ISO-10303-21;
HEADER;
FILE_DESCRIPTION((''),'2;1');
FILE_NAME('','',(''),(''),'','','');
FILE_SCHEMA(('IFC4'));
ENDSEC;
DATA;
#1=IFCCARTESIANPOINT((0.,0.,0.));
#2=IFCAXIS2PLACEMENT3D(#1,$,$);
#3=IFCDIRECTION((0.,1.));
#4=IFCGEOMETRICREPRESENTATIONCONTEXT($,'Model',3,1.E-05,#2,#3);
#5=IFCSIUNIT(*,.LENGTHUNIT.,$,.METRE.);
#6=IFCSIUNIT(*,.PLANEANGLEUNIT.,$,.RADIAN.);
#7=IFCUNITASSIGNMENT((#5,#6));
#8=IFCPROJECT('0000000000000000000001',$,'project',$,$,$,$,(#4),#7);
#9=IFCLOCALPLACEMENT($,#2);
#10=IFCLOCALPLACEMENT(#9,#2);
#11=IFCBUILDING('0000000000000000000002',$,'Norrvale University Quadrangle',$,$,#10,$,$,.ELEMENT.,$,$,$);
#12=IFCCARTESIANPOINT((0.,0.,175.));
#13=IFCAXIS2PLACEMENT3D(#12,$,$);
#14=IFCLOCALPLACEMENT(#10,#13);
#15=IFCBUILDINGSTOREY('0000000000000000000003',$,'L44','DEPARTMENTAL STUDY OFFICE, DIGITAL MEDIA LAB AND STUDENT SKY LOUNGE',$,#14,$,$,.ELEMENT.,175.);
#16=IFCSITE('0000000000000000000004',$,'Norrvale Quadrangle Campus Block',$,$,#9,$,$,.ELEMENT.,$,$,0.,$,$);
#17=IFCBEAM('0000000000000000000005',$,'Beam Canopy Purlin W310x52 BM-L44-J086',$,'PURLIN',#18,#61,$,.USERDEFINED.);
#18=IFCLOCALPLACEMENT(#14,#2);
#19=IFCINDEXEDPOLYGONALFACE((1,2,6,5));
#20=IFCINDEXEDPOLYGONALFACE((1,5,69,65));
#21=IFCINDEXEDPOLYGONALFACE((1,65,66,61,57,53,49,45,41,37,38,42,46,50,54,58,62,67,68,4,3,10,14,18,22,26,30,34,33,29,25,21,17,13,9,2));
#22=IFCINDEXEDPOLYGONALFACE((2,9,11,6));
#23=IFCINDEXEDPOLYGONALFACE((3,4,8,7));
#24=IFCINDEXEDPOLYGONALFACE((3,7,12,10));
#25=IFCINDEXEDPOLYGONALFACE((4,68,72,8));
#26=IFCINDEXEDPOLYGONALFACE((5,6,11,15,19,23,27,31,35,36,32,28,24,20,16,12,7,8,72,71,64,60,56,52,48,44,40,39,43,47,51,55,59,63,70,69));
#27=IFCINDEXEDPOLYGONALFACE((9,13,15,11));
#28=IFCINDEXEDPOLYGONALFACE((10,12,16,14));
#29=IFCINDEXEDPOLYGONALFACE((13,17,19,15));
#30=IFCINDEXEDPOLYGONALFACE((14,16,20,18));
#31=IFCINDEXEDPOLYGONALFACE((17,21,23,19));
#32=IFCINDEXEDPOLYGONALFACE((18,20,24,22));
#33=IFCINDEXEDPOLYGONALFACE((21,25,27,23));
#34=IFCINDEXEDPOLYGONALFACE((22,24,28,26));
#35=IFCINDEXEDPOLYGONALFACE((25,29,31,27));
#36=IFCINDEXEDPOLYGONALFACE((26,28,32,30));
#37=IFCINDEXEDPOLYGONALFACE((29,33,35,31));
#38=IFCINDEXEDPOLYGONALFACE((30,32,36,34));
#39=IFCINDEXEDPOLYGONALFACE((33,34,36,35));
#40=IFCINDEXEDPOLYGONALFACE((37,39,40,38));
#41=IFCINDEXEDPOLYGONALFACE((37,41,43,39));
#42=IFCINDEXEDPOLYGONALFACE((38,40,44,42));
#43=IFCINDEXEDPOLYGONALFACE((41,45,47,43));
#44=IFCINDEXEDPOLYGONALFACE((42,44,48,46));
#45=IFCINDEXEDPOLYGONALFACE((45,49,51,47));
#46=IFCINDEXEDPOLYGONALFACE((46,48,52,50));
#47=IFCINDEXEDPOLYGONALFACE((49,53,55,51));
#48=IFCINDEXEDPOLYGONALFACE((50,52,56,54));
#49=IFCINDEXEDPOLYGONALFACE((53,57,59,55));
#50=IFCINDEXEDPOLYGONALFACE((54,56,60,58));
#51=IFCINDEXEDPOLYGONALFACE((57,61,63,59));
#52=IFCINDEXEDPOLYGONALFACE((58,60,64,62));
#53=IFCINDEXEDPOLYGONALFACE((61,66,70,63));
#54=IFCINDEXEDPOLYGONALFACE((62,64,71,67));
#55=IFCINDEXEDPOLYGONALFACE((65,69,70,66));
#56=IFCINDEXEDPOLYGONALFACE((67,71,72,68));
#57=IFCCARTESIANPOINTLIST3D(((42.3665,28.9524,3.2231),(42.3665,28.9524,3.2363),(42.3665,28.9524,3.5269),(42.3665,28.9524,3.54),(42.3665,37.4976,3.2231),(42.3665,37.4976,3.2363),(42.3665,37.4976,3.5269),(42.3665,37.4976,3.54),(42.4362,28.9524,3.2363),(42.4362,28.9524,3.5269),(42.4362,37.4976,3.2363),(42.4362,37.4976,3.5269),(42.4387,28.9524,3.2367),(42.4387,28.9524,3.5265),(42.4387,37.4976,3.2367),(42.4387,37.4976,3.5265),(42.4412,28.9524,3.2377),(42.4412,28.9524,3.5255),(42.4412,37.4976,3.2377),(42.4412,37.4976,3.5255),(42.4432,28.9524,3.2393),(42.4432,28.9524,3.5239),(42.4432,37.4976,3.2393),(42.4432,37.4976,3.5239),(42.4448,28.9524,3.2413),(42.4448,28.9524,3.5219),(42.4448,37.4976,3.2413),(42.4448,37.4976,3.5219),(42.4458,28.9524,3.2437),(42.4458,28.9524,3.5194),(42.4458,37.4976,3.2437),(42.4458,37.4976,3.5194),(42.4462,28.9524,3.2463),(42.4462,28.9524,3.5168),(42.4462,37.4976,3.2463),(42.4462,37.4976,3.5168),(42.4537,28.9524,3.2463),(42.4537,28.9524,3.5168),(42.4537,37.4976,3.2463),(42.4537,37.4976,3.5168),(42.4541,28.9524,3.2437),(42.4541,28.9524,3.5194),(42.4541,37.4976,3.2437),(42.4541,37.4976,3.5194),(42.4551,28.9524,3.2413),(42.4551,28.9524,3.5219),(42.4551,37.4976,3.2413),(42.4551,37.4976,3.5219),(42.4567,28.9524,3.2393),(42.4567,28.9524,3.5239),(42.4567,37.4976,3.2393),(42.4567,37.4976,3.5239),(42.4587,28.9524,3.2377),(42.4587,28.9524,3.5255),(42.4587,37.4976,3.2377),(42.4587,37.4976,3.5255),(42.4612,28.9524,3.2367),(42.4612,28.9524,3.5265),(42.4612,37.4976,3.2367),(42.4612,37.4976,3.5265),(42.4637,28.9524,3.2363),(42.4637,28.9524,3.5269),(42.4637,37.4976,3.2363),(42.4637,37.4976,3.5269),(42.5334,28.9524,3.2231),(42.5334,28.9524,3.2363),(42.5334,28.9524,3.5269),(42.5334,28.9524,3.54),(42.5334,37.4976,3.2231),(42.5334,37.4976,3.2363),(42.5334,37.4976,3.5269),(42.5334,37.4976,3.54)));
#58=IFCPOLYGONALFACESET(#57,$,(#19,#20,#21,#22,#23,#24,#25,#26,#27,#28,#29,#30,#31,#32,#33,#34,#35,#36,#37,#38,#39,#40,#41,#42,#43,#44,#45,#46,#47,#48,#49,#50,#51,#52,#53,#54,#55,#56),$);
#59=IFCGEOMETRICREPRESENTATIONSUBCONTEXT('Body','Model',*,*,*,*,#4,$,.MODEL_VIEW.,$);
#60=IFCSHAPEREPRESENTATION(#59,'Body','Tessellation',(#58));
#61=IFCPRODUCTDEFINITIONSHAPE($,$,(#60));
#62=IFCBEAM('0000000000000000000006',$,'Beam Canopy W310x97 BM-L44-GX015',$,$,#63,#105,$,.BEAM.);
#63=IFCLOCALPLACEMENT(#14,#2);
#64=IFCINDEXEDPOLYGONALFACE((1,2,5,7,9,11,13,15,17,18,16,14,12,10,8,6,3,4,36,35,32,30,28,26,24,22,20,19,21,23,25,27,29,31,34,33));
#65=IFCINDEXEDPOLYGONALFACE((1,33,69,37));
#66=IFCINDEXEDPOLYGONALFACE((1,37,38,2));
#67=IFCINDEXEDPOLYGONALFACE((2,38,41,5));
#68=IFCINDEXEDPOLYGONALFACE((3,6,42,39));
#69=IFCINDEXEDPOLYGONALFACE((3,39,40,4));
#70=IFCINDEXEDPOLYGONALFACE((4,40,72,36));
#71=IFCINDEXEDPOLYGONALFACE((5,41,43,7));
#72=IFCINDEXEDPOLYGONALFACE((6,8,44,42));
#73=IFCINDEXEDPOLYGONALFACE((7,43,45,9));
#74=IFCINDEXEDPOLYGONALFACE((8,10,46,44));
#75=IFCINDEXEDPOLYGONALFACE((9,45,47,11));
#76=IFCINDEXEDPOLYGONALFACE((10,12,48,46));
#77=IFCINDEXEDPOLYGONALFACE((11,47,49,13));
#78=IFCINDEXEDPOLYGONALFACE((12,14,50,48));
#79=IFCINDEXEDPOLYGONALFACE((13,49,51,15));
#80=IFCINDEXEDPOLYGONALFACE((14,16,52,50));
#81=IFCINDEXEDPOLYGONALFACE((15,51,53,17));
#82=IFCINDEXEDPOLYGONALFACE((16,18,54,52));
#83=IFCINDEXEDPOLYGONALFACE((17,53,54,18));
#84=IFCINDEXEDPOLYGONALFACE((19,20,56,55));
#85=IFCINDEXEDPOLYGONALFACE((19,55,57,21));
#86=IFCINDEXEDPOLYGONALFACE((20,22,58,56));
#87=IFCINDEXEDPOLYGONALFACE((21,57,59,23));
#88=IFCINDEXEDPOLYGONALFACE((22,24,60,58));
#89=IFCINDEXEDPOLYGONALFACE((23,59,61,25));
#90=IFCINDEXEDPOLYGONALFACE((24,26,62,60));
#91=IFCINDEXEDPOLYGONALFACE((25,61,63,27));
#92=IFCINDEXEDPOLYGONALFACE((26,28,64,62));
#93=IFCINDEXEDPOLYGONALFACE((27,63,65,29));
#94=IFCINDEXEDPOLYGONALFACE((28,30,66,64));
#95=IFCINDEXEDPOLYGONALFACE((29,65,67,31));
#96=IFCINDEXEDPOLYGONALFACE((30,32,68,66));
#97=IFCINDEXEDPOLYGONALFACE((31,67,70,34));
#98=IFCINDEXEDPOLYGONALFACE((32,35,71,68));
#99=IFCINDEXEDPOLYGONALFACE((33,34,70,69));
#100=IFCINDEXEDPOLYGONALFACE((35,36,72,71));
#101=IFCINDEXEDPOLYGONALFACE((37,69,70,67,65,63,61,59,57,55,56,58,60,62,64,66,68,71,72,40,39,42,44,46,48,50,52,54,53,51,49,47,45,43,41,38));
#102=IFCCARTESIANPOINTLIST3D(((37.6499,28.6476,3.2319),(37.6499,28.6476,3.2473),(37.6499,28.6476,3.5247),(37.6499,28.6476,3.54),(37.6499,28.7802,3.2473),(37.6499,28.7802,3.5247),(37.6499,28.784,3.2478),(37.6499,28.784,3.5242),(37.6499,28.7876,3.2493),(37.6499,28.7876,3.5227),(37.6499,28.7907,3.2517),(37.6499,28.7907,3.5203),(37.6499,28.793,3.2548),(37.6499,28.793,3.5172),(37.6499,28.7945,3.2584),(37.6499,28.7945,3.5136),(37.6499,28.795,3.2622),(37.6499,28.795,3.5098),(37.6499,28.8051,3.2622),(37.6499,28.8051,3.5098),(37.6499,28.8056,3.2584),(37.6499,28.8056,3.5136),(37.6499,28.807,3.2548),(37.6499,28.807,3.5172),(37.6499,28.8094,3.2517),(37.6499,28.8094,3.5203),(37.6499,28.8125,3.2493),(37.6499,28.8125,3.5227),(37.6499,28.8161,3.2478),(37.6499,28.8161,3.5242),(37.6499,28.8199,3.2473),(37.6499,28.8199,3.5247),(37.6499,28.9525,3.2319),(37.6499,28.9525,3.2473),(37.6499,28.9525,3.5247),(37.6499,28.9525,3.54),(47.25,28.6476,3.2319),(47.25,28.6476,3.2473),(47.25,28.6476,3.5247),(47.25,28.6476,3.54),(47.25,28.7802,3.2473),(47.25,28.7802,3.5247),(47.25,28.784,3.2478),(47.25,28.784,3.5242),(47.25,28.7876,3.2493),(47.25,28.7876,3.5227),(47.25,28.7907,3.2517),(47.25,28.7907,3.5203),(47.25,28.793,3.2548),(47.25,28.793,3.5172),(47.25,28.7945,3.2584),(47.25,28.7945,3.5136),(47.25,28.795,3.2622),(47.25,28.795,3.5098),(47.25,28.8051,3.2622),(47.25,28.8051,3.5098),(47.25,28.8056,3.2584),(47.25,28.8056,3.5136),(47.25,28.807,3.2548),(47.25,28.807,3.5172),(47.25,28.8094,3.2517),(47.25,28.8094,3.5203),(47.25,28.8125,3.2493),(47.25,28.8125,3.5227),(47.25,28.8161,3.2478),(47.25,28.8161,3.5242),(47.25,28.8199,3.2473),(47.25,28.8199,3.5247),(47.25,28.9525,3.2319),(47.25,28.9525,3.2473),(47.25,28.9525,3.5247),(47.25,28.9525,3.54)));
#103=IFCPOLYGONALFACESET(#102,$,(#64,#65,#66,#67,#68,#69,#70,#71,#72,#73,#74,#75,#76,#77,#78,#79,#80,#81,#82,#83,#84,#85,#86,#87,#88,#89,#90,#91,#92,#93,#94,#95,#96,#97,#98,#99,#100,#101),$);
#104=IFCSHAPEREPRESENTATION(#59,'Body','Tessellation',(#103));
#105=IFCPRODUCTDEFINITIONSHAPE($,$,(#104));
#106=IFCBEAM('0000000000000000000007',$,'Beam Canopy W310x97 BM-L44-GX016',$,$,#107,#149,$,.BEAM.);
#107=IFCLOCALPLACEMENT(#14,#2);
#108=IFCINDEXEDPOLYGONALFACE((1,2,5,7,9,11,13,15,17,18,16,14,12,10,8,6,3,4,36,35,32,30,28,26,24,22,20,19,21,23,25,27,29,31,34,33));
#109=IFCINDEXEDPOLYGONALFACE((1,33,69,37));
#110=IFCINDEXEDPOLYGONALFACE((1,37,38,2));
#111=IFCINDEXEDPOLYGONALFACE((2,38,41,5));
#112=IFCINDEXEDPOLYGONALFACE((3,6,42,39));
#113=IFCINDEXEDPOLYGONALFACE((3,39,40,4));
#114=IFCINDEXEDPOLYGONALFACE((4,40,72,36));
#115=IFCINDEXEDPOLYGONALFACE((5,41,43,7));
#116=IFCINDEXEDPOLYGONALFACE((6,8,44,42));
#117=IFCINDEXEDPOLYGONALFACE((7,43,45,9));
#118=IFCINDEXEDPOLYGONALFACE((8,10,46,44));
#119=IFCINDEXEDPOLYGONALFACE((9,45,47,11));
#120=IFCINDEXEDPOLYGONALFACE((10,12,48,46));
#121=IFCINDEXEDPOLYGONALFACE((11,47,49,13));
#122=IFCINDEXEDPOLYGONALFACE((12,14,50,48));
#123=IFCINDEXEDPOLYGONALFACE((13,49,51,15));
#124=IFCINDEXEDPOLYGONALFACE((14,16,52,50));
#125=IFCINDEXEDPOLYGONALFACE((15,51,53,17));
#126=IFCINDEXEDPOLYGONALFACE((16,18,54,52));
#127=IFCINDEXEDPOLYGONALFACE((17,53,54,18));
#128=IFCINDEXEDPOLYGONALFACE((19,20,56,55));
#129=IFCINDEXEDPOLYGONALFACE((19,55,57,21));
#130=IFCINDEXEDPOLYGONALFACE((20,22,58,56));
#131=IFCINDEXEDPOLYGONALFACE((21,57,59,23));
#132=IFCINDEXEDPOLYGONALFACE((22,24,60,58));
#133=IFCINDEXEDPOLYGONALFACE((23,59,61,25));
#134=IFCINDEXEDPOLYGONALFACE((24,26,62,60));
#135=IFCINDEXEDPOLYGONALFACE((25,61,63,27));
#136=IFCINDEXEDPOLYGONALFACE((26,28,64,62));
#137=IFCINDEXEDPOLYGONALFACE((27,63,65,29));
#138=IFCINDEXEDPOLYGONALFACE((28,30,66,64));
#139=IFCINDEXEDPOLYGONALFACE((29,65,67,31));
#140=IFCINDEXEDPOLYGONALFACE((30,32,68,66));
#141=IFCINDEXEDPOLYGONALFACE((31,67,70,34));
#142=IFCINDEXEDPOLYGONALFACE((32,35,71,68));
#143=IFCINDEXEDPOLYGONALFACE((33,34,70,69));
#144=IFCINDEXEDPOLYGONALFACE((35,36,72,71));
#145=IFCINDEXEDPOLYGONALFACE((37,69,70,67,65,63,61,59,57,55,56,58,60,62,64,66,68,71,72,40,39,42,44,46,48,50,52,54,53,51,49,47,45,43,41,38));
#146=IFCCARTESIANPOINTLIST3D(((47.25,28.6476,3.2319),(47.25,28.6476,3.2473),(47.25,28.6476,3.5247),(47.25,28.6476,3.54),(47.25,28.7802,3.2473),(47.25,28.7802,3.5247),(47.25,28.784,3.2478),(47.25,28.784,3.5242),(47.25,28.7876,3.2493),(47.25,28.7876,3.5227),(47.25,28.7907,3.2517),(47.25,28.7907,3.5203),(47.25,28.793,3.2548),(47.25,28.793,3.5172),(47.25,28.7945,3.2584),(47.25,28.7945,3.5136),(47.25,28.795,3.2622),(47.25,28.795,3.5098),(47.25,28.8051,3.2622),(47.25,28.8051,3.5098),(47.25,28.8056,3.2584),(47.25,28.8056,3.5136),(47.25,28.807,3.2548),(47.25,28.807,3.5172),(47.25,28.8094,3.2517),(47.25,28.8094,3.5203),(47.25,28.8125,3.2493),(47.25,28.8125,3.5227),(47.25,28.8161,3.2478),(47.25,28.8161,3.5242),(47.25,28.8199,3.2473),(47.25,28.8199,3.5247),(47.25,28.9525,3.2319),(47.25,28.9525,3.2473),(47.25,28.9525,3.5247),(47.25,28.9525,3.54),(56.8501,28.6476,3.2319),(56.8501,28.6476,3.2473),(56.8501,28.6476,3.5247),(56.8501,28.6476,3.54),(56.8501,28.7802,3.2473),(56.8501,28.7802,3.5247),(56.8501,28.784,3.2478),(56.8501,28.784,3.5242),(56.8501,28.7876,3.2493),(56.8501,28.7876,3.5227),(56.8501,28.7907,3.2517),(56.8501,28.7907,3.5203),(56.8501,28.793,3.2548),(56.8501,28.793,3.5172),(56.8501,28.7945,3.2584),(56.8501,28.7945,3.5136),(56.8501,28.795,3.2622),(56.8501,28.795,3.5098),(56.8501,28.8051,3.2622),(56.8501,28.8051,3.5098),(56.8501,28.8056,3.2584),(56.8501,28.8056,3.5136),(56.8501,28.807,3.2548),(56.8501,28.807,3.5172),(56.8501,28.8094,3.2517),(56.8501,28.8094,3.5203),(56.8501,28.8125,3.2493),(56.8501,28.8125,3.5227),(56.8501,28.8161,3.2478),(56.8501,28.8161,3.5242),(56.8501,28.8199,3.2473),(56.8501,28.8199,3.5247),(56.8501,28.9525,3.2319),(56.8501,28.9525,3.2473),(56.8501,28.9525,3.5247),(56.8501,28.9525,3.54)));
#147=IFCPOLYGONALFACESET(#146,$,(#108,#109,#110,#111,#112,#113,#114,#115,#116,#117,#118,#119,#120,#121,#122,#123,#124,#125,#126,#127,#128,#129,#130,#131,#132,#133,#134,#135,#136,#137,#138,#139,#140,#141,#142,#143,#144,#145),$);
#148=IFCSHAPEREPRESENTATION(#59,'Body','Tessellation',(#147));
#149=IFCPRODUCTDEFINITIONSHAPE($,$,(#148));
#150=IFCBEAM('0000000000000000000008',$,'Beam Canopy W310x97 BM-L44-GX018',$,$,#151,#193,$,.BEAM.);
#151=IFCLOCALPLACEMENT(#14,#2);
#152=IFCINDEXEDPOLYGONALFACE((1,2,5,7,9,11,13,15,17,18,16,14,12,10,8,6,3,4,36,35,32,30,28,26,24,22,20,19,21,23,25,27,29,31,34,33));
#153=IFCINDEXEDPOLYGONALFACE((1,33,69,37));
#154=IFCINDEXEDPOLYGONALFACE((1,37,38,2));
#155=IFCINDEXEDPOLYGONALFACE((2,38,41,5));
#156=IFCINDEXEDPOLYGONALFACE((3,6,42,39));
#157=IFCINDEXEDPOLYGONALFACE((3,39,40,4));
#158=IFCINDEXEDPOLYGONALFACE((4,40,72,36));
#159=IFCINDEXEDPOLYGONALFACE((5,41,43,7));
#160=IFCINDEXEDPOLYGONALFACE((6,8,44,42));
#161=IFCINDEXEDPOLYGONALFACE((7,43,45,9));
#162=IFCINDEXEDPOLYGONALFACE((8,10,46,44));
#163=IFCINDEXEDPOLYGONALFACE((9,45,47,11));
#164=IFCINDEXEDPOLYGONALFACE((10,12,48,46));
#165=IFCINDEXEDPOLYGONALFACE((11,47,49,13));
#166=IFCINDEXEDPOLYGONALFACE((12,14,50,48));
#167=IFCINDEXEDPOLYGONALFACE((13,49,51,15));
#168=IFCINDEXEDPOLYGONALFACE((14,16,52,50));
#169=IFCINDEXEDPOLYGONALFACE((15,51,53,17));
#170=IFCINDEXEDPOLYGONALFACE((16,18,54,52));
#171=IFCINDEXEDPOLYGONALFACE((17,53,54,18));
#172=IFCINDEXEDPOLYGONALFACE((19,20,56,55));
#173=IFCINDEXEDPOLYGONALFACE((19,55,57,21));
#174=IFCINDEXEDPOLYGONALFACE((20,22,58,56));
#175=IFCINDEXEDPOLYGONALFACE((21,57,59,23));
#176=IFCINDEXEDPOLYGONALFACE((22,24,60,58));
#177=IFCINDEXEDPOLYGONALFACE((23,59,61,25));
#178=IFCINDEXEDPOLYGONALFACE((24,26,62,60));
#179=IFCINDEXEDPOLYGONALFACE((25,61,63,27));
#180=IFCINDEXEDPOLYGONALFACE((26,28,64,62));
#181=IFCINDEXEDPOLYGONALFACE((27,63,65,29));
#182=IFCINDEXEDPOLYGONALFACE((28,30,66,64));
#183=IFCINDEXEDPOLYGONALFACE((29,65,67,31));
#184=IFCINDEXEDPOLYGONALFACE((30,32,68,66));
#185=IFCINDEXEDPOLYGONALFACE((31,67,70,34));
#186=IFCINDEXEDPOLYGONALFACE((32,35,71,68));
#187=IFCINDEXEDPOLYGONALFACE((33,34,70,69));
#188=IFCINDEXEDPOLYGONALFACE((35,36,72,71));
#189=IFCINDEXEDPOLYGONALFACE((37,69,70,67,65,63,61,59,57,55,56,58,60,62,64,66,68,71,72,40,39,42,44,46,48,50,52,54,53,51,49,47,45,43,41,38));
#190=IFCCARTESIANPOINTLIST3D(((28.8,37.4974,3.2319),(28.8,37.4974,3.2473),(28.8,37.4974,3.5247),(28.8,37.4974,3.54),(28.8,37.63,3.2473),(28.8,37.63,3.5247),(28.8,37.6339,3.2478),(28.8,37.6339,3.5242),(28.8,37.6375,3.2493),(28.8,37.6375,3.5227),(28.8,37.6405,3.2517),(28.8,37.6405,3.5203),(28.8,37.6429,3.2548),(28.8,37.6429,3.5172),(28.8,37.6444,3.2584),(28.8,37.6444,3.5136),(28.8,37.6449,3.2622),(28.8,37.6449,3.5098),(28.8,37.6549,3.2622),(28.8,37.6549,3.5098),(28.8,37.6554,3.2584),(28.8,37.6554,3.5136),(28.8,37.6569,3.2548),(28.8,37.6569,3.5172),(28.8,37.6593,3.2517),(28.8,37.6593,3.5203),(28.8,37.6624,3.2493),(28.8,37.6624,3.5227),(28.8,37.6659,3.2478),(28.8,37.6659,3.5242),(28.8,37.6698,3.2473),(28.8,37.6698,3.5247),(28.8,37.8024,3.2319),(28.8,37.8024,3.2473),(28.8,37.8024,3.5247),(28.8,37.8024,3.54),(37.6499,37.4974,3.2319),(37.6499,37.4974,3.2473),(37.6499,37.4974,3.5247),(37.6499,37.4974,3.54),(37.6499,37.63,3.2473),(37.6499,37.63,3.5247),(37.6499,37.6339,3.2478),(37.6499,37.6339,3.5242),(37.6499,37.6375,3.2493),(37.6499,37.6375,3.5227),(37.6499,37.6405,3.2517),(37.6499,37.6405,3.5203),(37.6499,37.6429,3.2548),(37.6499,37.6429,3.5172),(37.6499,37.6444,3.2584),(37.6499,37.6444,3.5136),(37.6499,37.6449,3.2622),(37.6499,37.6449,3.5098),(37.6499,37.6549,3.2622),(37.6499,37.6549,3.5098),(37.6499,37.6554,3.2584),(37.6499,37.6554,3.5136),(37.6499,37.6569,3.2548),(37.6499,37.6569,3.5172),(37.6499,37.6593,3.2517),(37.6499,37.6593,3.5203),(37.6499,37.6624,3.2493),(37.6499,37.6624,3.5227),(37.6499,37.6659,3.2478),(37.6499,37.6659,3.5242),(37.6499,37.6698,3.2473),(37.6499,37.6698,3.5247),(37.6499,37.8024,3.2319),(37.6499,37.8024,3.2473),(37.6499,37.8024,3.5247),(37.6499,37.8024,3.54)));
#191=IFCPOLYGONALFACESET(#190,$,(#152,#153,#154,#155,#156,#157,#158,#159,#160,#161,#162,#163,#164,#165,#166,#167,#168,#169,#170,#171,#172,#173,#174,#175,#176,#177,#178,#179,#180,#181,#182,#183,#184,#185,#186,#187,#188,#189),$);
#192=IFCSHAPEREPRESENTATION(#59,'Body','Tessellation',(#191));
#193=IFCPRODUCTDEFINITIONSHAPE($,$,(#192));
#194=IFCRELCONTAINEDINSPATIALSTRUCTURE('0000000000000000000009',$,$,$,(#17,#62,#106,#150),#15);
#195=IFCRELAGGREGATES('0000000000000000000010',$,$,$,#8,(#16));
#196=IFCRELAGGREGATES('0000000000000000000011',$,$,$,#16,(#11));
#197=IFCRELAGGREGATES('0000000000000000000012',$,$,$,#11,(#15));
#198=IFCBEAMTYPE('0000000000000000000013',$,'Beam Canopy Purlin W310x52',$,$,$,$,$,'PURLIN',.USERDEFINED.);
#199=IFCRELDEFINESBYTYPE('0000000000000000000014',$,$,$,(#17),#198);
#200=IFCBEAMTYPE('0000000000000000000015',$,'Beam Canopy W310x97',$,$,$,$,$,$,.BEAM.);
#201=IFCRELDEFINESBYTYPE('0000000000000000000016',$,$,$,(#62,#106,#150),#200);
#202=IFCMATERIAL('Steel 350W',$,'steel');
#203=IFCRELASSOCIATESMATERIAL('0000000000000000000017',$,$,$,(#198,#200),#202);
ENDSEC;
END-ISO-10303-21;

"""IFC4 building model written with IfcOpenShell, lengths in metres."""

from ifc_helpers import new_model, si_unit, direction, frame, origin, origin_2d, place, context, subcontext, project, spatial, i_section, extrude, material, material_profile, profile_set, type_object, element, save


model = new_model("IFC4")

# Units and contexts
model_context = context("Model", 3, precision=1e-05, world=origin(), true_north=direction((0.0, 1.0)))
body_context = subcontext(model_context, "Body", "Model", "MODEL_VIEW")
ifc_project = project(units=[si_unit("LENGTHUNIT", "METRE"), si_unit("PLANEANGLEUNIT", "RADIAN")], contexts=[model_context])

# Site, building, storey
site_placement = place(None, origin())
site = spatial("IfcSite", under=ifc_project, at=site_placement, Name="Norrvale Quadrangle Campus Block", CompositionType="ELEMENT", RefElevation=0.0)
building_placement = place(site_placement, origin())
building = spatial("IfcBuilding", under=site, at=building_placement, Name="Norrvale University Quadrangle", CompositionType="ELEMENT")
storey_placement = place(building_placement, frame((0.0, 0.0, 175.0)))
storey = spatial("IfcBuildingStorey", under=building, at=storey_placement, Name="L44", Description="DEPARTMENTAL STUDY OFFICE, DIGITAL MEDIA LAB AND STUDENT SKY LOUNGE", CompositionType="ELEMENT", Elevation=175.0)

# Beams
ifc_material_1 = material(Name="Steel 350W", Category="steel")
ifc_material_profile_1 = material_profile(ifc_material_1, i_section(OverallWidth=0.167, OverallDepth=0.3169, WebThickness=0.0076, FlangeThickness=0.0132, FilletRadius=0.01, at=origin_2d()), Name="Steel 350W")
ifc_profile_set_1 = profile_set([ifc_material_profile_1], Name="Steel 350W")
beam_type_1 = type_object("IfcBeamType", Name="Beam Canopy Purlin W310x52", ElementType="PURLIN", PredefinedType="USERDEFINED", material=ifc_profile_set_1)
beam_1_placement = place(storey_placement, frame((42.45, 28.9524, 3.3816), z_axis=(0.0, 1.0, 0.0), x_axis=(-1.0, 0.0, 0.0)))
element("IfcBeam", 1, at=beam_1_placement, inside=storey, type_object=beam_type_1, Name="Beam Canopy Purlin W310x52 BM-L44-J086", ObjectType="PURLIN", PredefinedType="USERDEFINED", context=body_context, shape_type="SweptSolid", body=[
    extrude(i_section(OverallWidth=0.167, OverallDepth=0.3169, WebThickness=0.0076, FlangeThickness=0.0132, FilletRadius=0.01, at=origin_2d()), origin(), (0.0, 0.0, 1.0), 8.5452),
])
ifc_material_profile_2 = material_profile(ifc_material_1, i_section(OverallWidth=0.3049, OverallDepth=0.3081, WebThickness=0.01, FlangeThickness=0.0154, FilletRadius=0.0149, at=origin_2d()), Name="Steel 350W")
ifc_profile_set_2 = profile_set([ifc_material_profile_2], Name="Steel 350W")
beam_type_2 = type_object("IfcBeamType", Name="Beam Canopy W310x97", PredefinedType="BEAM", material=ifc_profile_set_2)
for number, where, z_axis, x_axis, name in (
    (2, (37.6499, 28.8, 3.386), (1.0, 0.0, 0.0), (0.0, 1.0, 0.0), "Beam Canopy W310x97 BM-L44-GX015"),
    (3, (47.25, 28.8, 3.386), (1.0, 0.0, 0.0), (0.0, 1.0, 0.0), "Beam Canopy W310x97 BM-L44-GX016"),
):
    element("IfcBeam", number, at=place(storey_placement, frame(where, z_axis=z_axis, x_axis=x_axis)), inside=storey, type_object=beam_type_2, Name=name, PredefinedType="BEAM", context=body_context, shape_type="SweptSolid", body=[
        extrude(i_section(OverallWidth=0.3049, OverallDepth=0.3081, WebThickness=0.01, FlangeThickness=0.0154, FilletRadius=0.0149, at=origin_2d()), origin(), (0.0, 0.0, 1.0), 9.6001),
    ])
beam_2_placement = place(storey_placement, frame((28.8, 37.6499, 3.386), z_axis=(1.0, 0.0, 0.0), x_axis=(0.0, 1.0, 0.0)))
element("IfcBeam", 4, at=beam_2_placement, inside=storey, type_object=beam_type_2, Name="Beam Canopy W310x97 BM-L44-GX018", PredefinedType="BEAM", context=body_context, shape_type="SweptSolid", body=[
    extrude(i_section(OverallWidth=0.3049, OverallDepth=0.3081, WebThickness=0.01, FlangeThickness=0.0154, FilletRadius=0.0149, at=origin_2d()), origin(), (0.0, 0.0, 1.0), 8.8499),
])

save(model, "model.ifc")
